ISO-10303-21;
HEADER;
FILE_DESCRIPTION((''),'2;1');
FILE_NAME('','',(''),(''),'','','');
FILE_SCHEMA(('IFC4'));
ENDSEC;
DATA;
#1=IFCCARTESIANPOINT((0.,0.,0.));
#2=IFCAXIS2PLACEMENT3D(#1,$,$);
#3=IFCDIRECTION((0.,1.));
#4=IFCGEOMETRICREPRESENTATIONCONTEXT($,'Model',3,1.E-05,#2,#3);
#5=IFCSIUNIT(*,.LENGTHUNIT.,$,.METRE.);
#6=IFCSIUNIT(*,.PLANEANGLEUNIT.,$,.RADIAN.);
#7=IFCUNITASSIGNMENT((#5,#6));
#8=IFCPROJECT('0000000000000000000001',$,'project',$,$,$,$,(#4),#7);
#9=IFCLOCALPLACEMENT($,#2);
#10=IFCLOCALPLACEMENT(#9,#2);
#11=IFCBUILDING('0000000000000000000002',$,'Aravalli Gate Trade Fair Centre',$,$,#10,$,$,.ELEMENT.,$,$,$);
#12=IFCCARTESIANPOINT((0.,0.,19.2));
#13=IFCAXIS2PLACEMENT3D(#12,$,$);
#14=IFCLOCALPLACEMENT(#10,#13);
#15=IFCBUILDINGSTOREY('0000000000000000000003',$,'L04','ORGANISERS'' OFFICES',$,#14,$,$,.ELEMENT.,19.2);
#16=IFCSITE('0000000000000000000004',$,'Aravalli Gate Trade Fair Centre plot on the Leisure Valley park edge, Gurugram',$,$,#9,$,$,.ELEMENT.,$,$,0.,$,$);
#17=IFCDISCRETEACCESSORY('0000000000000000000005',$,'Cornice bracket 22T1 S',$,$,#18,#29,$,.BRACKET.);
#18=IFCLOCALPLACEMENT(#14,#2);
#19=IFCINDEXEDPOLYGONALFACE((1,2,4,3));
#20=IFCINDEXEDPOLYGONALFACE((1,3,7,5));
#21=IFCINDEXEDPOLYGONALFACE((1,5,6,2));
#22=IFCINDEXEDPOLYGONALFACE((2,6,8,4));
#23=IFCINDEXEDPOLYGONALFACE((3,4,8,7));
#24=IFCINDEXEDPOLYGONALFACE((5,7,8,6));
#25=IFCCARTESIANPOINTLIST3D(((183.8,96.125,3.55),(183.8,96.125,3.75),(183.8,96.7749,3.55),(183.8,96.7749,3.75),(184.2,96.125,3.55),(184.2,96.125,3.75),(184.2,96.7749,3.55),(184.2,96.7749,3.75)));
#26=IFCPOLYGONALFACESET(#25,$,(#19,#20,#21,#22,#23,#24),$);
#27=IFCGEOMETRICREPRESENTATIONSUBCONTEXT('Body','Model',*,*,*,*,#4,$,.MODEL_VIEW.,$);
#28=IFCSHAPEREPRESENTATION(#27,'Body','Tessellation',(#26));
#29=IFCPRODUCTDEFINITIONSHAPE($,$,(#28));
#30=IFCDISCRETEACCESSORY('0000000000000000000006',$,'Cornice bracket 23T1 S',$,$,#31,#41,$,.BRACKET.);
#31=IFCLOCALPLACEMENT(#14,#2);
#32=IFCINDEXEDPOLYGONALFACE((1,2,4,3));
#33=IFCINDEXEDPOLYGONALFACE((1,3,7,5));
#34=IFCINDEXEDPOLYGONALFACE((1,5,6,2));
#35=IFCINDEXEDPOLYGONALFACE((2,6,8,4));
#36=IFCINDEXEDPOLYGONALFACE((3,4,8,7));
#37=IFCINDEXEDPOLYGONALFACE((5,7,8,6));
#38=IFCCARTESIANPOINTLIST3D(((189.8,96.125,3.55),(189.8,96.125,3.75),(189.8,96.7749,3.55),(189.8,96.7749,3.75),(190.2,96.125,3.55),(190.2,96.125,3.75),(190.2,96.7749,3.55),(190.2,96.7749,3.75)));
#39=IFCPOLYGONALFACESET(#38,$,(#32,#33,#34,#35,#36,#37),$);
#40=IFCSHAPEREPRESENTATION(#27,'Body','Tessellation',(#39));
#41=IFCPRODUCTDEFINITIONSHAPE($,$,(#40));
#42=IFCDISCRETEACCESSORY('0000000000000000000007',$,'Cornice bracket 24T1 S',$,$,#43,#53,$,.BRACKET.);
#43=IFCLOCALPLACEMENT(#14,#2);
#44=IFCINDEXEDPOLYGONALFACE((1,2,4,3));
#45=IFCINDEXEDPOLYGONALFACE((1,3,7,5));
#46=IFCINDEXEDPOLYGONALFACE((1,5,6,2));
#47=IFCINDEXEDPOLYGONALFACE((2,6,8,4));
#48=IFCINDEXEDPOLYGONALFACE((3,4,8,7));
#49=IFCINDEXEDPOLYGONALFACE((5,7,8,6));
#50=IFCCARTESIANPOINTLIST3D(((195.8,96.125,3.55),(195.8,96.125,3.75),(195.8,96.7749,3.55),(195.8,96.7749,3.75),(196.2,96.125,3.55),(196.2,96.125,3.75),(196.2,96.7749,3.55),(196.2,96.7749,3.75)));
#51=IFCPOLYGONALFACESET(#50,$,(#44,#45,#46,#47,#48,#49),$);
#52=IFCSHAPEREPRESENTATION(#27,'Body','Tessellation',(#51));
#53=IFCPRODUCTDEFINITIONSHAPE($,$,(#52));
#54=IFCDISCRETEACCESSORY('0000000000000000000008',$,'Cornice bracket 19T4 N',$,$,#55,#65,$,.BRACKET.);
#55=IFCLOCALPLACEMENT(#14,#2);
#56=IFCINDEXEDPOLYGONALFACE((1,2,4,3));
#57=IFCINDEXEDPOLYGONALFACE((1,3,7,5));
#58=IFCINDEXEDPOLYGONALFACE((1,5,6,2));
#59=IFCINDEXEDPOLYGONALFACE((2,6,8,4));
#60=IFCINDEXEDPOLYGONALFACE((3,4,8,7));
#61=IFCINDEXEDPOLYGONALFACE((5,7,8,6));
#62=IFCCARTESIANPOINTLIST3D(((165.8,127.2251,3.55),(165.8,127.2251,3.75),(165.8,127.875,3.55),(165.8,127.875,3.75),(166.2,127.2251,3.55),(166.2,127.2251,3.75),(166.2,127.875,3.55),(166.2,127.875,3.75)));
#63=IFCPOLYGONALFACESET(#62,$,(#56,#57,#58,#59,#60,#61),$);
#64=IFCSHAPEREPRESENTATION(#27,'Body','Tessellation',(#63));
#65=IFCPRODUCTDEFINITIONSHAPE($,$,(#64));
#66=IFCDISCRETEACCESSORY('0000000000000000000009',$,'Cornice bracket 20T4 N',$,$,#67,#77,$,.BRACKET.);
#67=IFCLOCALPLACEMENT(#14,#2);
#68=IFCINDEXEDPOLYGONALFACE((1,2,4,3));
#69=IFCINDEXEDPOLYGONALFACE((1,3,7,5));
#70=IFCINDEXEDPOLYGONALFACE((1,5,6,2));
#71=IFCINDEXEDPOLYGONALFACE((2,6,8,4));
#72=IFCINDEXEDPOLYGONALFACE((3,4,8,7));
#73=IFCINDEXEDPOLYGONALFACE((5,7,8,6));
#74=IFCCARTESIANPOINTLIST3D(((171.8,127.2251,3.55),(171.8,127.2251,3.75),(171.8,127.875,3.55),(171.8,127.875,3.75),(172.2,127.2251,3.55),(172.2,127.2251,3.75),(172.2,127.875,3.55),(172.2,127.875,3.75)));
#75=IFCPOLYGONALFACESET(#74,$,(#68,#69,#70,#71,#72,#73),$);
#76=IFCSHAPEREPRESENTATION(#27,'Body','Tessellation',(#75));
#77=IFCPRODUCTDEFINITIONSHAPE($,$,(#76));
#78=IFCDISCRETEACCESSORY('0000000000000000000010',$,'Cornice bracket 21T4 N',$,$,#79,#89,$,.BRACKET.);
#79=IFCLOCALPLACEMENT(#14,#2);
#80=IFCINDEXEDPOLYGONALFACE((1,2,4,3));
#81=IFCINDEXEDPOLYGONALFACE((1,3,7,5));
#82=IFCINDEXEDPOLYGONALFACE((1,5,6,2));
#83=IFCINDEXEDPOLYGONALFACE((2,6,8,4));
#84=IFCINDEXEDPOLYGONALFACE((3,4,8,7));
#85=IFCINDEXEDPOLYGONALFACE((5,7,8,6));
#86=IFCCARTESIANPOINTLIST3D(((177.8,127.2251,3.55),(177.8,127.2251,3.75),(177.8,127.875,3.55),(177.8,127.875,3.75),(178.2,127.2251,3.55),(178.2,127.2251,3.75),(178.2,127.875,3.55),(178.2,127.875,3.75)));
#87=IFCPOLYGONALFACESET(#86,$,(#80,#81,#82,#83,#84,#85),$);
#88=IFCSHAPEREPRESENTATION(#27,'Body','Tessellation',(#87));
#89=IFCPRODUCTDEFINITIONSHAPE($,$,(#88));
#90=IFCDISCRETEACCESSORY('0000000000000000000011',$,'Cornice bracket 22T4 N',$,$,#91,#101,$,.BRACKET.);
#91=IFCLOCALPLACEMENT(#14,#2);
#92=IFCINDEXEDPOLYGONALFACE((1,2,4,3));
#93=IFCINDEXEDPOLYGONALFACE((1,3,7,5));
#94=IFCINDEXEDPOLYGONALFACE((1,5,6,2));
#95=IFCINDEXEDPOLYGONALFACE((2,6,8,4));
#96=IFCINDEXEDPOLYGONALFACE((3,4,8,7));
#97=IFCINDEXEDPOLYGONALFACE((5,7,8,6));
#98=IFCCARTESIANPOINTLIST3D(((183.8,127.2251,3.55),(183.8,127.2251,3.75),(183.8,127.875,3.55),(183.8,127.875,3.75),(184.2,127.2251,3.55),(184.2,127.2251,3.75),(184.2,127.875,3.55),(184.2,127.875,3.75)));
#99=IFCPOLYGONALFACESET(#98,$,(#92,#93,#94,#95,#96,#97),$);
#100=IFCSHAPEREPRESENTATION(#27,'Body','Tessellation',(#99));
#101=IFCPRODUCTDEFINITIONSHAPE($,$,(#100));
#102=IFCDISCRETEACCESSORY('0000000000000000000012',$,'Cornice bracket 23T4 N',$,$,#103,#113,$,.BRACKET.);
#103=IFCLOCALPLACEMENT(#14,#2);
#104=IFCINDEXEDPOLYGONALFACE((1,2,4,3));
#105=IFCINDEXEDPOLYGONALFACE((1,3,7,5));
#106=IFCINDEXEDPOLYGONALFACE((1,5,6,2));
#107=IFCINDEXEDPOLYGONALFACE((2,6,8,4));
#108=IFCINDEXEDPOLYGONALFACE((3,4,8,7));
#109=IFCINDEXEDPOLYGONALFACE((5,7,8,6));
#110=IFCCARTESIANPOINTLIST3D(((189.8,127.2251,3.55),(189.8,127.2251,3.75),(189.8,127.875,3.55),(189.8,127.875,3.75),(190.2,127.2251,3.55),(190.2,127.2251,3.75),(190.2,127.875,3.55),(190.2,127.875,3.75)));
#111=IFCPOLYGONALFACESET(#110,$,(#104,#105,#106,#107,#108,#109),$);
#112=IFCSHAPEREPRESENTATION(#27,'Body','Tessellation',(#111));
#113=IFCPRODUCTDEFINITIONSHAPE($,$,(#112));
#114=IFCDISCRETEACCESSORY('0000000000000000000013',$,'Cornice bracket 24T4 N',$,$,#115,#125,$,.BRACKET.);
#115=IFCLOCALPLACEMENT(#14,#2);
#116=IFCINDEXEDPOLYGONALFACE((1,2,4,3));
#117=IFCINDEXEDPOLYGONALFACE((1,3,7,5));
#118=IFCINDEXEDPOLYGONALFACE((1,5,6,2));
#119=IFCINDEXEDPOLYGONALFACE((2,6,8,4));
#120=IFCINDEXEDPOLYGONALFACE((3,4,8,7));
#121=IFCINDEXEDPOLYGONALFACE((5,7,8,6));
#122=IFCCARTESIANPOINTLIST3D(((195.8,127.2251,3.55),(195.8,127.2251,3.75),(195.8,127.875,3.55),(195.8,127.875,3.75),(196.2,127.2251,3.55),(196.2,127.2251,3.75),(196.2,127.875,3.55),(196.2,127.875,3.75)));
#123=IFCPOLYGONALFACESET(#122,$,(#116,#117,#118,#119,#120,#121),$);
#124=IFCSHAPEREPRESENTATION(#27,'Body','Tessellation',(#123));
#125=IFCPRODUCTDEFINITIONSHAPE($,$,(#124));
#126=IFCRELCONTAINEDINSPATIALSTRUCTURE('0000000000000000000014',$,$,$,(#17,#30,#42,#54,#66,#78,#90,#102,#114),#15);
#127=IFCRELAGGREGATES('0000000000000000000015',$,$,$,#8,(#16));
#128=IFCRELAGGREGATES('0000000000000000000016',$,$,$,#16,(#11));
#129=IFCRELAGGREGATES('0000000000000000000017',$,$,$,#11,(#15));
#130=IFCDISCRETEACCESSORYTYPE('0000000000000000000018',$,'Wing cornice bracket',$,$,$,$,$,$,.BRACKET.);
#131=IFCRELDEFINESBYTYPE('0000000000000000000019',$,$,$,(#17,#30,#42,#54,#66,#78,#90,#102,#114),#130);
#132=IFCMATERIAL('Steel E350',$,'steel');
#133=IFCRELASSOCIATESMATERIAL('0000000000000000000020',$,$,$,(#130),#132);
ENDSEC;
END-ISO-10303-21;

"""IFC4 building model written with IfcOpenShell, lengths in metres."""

from ifc_helpers import new_model, si_unit, direction, frame, origin, place, context, subcontext, project, spatial, polyline, outline, extrude, material, type_object, element, save


model = new_model("IFC4")

# Units and contexts
model_context = context("Model", 3, precision=1e-05, world=origin(), true_north=direction((0.0, 1.0)))
body_context = subcontext(model_context, "Body", "Model", "MODEL_VIEW")
ifc_project = project(units=[si_unit("LENGTHUNIT", "METRE"), si_unit("PLANEANGLEUNIT", "RADIAN")], contexts=[model_context])

# Site, building, storey
site_placement = place(None, origin())
site = spatial("IfcSite", under=ifc_project, at=site_placement, Name="Aravalli Gate Trade Fair Centre plot on the Leisure Valley park edge, Gurugram", CompositionType="ELEMENT", RefElevation=0.0)
building_placement = place(site_placement, origin())
building = spatial("IfcBuilding", under=site, at=building_placement, Name="Aravalli Gate Trade Fair Centre", CompositionType="ELEMENT")
storey_placement = place(building_placement, frame((0.0, 0.0, 19.2)))
storey = spatial("IfcBuildingStorey", under=building, at=storey_placement, Name="L04", Description="ORGANISERS' OFFICES", CompositionType="ELEMENT", Elevation=19.2)

# Discrete accessories
ifc_material_1 = material(Name="Steel E350", Category="steel")
discrete_accessory_type = type_object("IfcDiscreteAccessoryType", Name="Wing cornice bracket", PredefinedType="BRACKET", material=ifc_material_1)
discrete_accessory_1_placement = place(storey_placement, frame((0.0, 0.0, 3.55)))
element("IfcDiscreteAccessory", 1, at=discrete_accessory_1_placement, inside=storey, type_object=discrete_accessory_type, Name="Cornice bracket 22T1 S", PredefinedType="BRACKET", context=body_context, shape_type="SweptSolid", body=[
    extrude(outline(polyline([(183.8, 96.125), (184.2, 96.125), (184.2, 96.7749), (183.8, 96.7749), (183.8, 96.125)])), origin(), (0.0, 0.0, 1.0), 0.2),
])
discrete_accessory_2_placement = place(storey_placement, frame((0.0, 0.0, 3.55)))
element("IfcDiscreteAccessory", 2, at=discrete_accessory_2_placement, inside=storey, type_object=discrete_accessory_type, Name="Cornice bracket 23T1 S", PredefinedType="BRACKET", context=body_context, shape_type="SweptSolid", body=[
    extrude(outline(polyline([(189.8, 96.125), (190.2, 96.125), (190.2, 96.7749), (189.8, 96.7749), (189.8, 96.125)])), origin(), (0.0, 0.0, 1.0), 0.2),
])
discrete_accessory_3_placement = place(storey_placement, frame((0.0, 0.0, 3.55)))
element("IfcDiscreteAccessory", 3, at=discrete_accessory_3_placement, inside=storey, type_object=discrete_accessory_type, Name="Cornice bracket 24T1 S", PredefinedType="BRACKET", context=body_context, shape_type="SweptSolid", body=[
    extrude(outline(polyline([(195.8, 96.125), (196.2, 96.125), (196.2, 96.7749), (195.8, 96.7749), (195.8, 96.125)])), origin(), (0.0, 0.0, 1.0), 0.2),
])
discrete_accessory_4_placement = place(storey_placement, frame((0.0, 0.0, 3.55)))
element("IfcDiscreteAccessory", 4, at=discrete_accessory_4_placement, inside=storey, type_object=discrete_accessory_type, Name="Cornice bracket 19T4 N", PredefinedType="BRACKET", context=body_context, shape_type="SweptSolid", body=[
    extrude(outline(polyline([(165.8, 127.2251), (166.2, 127.2251), (166.2, 127.875), (165.8, 127.875), (165.8, 127.2251)])), origin(), (0.0, 0.0, 1.0), 0.2),
])
discrete_accessory_5_placement = place(storey_placement, frame((0.0, 0.0, 3.55)))
element("IfcDiscreteAccessory", 5, at=discrete_accessory_5_placement, inside=storey, type_object=discrete_accessory_type, Name="Cornice bracket 20T4 N", PredefinedType="BRACKET", context=body_context, shape_type="SweptSolid", body=[
    extrude(outline(polyline([(171.8, 127.2251), (172.2, 127.2251), (172.2, 127.875), (171.8, 127.875), (171.8, 127.2251)])), origin(), (0.0, 0.0, 1.0), 0.2),
])
discrete_accessory_6_placement = place(storey_placement, frame((0.0, 0.0, 3.55)))
element("IfcDiscreteAccessory", 6, at=discrete_accessory_6_placement, inside=storey, type_object=discrete_accessory_type, Name="Cornice bracket 21T4 N", PredefinedType="BRACKET", context=body_context, shape_type="SweptSolid", body=[
    extrude(outline(polyline([(177.8, 127.2251), (178.2, 127.2251), (178.2, 127.875), (177.8, 127.875), (177.8, 127.2251)])), origin(), (0.0, 0.0, 1.0), 0.2),
])
discrete_accessory_7_placement = place(storey_placement, frame((0.0, 0.0, 3.55)))
element("IfcDiscreteAccessory", 7, at=discrete_accessory_7_placement, inside=storey, type_object=discrete_accessory_type, Name="Cornice bracket 22T4 N", PredefinedType="BRACKET", context=body_context, shape_type="SweptSolid", body=[
    extrude(outline(polyline([(183.8, 127.2251), (184.2, 127.2251), (184.2, 127.875), (183.8, 127.875), (183.8, 127.2251)])), origin(), (0.0, 0.0, 1.0), 0.2),
])
discrete_accessory_8_placement = place(storey_placement, frame((0.0, 0.0, 3.55)))
element("IfcDiscreteAccessory", 8, at=discrete_accessory_8_placement, inside=storey, type_object=discrete_accessory_type, Name="Cornice bracket 23T4 N", PredefinedType="BRACKET", context=body_context, shape_type="SweptSolid", body=[
    extrude(outline(polyline([(189.8, 127.2251), (190.2, 127.2251), (190.2, 127.875), (189.8, 127.875), (189.8, 127.2251)])), origin(), (0.0, 0.0, 1.0), 0.2),
])
discrete_accessory_9_placement = place(storey_placement, frame((0.0, 0.0, 3.55)))
element("IfcDiscreteAccessory", 9, at=discrete_accessory_9_placement, inside=storey, type_object=discrete_accessory_type, Name="Cornice bracket 24T4 N", PredefinedType="BRACKET", context=body_context, shape_type="SweptSolid", body=[
    extrude(outline(polyline([(195.8, 127.2251), (196.2, 127.2251), (196.2, 127.875), (195.8, 127.875), (195.8, 127.2251)])), origin(), (0.0, 0.0, 1.0), 0.2),
])

save(model, "model.ifc")
